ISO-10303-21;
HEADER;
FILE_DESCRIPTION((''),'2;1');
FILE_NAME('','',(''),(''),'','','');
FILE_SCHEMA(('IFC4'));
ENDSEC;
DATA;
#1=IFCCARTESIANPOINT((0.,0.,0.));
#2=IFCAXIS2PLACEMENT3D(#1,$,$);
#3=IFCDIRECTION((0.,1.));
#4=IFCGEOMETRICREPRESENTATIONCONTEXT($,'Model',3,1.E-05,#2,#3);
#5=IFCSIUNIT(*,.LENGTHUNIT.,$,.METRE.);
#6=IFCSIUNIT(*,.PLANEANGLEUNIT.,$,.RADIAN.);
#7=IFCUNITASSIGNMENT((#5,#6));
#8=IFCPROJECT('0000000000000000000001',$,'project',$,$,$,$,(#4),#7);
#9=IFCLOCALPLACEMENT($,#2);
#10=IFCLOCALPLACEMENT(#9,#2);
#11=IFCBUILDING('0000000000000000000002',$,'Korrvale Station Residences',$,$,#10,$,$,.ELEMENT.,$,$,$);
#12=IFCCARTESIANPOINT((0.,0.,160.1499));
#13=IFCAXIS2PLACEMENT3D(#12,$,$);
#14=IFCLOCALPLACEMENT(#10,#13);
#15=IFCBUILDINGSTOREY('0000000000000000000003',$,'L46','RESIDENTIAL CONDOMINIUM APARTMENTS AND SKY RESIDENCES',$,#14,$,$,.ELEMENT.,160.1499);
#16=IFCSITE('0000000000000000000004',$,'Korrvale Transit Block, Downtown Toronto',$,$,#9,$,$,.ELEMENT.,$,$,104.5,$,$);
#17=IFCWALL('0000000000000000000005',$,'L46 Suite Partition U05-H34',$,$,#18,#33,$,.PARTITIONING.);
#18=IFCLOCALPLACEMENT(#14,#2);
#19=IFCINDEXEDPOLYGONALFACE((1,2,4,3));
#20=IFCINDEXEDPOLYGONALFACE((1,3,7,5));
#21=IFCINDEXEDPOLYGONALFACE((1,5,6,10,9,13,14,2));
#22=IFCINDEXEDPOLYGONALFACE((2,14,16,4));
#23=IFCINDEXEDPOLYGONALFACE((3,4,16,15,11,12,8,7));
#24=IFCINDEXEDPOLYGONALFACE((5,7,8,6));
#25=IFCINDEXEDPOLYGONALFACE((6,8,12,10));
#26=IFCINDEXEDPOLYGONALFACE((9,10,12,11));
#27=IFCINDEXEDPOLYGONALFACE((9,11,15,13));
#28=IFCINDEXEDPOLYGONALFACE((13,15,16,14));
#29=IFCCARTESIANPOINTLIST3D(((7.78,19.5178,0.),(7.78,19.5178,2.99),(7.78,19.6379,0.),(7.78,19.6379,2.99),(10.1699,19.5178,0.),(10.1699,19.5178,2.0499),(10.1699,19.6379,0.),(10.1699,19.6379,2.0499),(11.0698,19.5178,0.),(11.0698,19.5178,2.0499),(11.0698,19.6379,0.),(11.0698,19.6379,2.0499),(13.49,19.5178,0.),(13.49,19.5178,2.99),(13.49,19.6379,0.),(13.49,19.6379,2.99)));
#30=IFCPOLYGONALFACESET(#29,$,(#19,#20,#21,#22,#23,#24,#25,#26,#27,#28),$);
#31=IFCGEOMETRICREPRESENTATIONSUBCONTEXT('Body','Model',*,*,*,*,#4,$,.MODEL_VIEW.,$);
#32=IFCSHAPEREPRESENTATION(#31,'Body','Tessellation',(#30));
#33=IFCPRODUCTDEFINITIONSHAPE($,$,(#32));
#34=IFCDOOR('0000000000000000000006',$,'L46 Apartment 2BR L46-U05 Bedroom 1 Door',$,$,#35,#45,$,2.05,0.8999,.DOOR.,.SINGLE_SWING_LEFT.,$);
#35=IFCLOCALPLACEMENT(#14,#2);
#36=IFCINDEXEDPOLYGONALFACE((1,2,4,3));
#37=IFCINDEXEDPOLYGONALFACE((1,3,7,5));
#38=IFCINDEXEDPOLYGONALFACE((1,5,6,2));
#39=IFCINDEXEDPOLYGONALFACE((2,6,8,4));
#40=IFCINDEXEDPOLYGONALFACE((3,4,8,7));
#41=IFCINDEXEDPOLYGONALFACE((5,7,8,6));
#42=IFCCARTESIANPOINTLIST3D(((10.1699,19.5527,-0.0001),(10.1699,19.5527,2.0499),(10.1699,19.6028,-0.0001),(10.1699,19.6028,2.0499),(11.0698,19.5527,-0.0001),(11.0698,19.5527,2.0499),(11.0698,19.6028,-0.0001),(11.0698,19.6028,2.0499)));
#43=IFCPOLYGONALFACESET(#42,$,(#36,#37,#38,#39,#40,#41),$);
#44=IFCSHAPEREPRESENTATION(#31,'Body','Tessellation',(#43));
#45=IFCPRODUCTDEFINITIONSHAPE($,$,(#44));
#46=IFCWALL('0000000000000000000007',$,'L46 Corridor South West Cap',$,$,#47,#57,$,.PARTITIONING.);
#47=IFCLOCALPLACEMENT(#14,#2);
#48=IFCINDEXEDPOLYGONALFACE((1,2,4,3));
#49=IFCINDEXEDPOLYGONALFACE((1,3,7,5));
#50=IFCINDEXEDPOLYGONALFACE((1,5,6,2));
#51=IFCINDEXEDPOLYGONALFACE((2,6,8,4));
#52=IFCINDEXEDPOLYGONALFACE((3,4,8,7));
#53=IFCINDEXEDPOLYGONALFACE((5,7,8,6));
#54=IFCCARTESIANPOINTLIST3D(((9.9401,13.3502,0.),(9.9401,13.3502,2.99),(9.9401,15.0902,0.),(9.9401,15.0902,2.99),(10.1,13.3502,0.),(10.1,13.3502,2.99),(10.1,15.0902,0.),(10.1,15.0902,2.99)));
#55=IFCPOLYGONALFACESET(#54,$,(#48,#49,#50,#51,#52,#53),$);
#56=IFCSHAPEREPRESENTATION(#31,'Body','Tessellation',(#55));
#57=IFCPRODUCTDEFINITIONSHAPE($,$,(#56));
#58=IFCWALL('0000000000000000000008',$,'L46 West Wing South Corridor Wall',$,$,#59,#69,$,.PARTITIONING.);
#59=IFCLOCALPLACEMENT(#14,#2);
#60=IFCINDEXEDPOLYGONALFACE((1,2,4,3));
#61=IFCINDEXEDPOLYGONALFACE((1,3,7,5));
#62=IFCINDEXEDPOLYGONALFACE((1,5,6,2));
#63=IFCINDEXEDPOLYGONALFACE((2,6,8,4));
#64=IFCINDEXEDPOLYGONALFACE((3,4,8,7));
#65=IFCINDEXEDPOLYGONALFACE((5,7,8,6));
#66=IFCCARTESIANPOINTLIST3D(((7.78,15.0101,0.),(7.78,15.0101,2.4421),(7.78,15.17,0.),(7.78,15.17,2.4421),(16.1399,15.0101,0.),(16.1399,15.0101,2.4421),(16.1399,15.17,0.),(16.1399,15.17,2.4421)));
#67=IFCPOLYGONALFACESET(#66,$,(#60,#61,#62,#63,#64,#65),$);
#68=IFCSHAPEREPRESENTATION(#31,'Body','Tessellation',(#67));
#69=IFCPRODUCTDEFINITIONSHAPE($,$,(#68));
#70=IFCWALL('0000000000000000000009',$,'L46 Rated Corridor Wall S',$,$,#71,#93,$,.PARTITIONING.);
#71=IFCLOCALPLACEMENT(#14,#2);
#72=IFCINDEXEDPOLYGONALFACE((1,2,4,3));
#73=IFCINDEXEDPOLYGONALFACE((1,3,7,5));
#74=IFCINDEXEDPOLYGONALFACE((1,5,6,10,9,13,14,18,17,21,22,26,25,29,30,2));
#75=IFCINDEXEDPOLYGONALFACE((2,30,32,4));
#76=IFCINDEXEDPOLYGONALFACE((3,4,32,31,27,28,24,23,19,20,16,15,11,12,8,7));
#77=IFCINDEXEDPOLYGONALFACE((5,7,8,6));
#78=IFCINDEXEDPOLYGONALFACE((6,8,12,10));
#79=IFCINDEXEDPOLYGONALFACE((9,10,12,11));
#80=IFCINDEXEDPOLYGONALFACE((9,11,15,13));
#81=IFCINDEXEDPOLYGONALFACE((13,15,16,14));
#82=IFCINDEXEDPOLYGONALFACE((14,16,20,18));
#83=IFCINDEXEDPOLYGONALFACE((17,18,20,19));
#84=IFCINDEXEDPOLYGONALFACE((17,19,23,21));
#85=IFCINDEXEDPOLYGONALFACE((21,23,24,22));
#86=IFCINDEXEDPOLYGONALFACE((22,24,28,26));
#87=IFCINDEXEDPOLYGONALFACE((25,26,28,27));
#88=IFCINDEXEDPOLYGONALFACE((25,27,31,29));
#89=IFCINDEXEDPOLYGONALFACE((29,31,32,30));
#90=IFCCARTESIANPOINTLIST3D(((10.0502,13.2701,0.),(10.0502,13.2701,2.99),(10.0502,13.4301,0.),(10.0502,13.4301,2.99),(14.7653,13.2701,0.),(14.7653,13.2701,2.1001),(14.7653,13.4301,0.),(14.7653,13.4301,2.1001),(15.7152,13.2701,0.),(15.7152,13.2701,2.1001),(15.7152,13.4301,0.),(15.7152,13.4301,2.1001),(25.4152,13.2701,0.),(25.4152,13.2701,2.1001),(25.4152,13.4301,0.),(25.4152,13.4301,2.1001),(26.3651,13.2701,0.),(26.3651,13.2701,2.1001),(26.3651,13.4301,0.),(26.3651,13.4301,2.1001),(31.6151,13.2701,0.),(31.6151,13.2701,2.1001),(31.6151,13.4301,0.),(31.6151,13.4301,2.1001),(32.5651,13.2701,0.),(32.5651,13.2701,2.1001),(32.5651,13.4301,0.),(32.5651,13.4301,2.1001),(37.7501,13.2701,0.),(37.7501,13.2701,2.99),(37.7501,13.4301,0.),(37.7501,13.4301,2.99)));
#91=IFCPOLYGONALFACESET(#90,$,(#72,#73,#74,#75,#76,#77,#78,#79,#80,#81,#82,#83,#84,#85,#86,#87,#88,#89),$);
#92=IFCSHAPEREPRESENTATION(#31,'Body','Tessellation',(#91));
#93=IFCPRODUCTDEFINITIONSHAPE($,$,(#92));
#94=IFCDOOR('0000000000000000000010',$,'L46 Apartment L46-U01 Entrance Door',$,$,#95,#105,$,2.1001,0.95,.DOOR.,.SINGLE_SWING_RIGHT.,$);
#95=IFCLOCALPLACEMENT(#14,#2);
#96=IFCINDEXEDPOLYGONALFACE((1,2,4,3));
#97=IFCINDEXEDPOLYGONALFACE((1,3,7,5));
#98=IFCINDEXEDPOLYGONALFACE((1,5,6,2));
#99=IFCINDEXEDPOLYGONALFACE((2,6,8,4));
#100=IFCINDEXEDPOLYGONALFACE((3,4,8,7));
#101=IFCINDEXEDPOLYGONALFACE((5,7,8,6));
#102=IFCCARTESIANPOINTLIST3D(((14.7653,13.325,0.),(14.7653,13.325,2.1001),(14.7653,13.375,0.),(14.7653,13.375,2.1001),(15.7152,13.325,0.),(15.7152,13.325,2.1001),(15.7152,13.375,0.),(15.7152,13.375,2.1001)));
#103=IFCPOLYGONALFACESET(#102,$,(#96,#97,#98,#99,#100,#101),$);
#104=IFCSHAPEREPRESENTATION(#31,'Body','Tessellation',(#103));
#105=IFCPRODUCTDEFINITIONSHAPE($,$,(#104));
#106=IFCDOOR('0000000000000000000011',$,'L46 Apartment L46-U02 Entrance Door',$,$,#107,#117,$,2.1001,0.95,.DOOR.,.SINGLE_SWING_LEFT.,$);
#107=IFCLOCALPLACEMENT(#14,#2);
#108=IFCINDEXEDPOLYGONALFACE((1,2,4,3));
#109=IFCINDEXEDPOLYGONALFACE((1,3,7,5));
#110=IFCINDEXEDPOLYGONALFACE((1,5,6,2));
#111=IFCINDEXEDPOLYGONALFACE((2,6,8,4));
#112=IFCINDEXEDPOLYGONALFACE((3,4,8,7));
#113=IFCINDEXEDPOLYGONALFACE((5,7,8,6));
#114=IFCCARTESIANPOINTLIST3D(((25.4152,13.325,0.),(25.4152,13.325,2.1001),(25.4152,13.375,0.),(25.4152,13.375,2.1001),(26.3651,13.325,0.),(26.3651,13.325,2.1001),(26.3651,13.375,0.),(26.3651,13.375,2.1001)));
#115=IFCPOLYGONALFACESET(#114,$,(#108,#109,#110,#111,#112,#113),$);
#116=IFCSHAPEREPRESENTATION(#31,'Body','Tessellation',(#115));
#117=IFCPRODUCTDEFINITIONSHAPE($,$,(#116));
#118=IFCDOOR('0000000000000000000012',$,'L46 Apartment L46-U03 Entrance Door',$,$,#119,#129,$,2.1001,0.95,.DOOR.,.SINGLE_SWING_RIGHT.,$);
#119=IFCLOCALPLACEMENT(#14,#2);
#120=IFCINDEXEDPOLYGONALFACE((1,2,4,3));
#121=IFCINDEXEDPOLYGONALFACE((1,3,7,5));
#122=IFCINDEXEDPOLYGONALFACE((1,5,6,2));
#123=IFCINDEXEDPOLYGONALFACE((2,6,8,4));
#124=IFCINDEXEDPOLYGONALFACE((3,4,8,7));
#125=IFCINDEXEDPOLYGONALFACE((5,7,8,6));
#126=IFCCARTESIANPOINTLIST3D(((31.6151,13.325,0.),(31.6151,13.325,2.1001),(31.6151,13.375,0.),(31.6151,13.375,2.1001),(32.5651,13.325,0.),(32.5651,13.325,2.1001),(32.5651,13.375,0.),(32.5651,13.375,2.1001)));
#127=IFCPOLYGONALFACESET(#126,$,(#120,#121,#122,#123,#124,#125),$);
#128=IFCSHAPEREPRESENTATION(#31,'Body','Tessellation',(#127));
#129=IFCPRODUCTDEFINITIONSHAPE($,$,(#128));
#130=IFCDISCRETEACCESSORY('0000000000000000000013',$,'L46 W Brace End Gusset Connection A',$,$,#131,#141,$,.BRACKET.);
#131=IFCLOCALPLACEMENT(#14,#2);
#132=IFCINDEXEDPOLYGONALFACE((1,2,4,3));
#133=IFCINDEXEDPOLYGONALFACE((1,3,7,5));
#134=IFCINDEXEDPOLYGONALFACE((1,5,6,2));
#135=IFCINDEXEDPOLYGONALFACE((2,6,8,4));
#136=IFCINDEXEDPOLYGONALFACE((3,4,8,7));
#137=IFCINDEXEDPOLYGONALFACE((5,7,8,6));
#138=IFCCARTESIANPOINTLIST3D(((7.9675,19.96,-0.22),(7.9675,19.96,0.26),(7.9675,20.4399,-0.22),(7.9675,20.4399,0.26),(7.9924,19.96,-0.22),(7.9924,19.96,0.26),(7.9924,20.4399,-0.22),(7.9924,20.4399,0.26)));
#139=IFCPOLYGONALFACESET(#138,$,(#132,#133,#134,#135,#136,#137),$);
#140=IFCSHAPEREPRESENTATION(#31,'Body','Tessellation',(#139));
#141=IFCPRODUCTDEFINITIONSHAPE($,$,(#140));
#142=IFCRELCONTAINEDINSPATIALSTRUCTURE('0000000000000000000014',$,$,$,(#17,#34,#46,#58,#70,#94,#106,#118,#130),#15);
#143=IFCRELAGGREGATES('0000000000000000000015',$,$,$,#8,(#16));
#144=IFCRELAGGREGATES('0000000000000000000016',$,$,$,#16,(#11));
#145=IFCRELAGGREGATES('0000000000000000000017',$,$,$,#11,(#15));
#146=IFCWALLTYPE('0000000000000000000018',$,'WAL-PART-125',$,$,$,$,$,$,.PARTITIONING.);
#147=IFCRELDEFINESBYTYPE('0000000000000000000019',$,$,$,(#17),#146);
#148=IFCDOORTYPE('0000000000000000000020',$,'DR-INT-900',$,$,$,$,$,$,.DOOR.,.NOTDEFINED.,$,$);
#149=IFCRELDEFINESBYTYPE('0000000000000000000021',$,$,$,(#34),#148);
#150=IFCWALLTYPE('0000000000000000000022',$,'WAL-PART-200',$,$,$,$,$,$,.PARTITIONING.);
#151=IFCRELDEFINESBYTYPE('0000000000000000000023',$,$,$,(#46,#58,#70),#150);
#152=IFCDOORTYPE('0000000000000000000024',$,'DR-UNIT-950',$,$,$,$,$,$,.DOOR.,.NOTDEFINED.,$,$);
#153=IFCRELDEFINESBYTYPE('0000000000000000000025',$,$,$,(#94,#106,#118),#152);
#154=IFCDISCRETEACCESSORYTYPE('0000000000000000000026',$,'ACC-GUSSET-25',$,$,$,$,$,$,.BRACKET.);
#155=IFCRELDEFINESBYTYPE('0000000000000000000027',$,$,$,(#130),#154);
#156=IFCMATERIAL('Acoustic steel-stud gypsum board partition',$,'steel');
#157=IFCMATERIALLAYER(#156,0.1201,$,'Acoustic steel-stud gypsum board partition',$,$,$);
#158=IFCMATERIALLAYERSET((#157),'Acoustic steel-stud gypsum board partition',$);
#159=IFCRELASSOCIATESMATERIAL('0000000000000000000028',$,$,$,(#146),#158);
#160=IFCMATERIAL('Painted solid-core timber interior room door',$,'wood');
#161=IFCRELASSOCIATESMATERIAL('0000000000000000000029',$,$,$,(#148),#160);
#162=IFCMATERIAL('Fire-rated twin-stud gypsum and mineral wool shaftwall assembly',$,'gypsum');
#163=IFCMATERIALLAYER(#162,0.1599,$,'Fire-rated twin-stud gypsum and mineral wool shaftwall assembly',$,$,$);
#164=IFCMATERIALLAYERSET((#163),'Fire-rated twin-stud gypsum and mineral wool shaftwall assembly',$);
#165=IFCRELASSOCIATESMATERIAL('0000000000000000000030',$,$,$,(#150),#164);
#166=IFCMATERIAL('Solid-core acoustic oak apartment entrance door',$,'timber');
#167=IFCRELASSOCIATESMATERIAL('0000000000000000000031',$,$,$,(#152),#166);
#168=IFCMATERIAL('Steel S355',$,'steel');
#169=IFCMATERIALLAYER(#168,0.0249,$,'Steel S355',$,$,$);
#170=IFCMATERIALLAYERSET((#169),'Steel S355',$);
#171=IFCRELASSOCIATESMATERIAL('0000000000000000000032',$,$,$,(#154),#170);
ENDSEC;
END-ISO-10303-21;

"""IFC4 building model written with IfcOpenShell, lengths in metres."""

from ifc_helpers import new_model, si_unit, direction, frame, frame_2d, origin, origin_2d, place, context, subcontext, project, spatial, rectangle, extrude, material, layer, layer_set, type_object, element, fill, save


model = new_model("IFC4")

# Units and contexts
model_context = context("Model", 3, precision=1e-05, world=origin(), true_north=direction((0.0, 1.0)))
body_context = subcontext(model_context, "Body", "Model", "MODEL_VIEW")
ifc_project = project(units=[si_unit("LENGTHUNIT", "METRE"), si_unit("PLANEANGLEUNIT", "RADIAN")], contexts=[model_context])

# Site, building, storey
site_placement = place(None, origin())
site = spatial("IfcSite", under=ifc_project, at=site_placement, Name="Korrvale Transit Block, Downtown Toronto", CompositionType="ELEMENT", RefElevation=104.5)
building_placement = place(site_placement, origin())
building = spatial("IfcBuilding", under=site, at=building_placement, Name="Korrvale Station Residences", CompositionType="ELEMENT")
storey_placement = place(building_placement, frame((0.0, 0.0, 160.1499)))
storey = spatial("IfcBuildingStorey", under=building, at=storey_placement, Name="L46", Description="RESIDENTIAL CONDOMINIUM APARTMENTS AND SKY RESIDENCES", CompositionType="ELEMENT", Elevation=160.1499)

# Shared definitions
ifc_material_1 = material(Name="Steel S355", Category="steel")

# Shared definitions
ifc_material_2 = material(Name="Acoustic steel-stud gypsum board partition", Category="steel")
ifc_layer_1 = layer(ifc_material_2, 0.1201, Name="Acoustic steel-stud gypsum board partition")
ifc_layer_set_1 = layer_set([ifc_layer_1], Name="Acoustic steel-stud gypsum board partition")
wall_type_1 = type_object("IfcWallType", Name="WAL-PART-125", PredefinedType="PARTITIONING", material=ifc_layer_set_1)

# Wall, opening, door
wall_1_placement = place(storey_placement, frame((7.78, 19.5779, 0.0), z_axis=(0.0, 0.0, 1.0), x_axis=(1.0, 0.0, 0.0)))
wall_1 = element("IfcWall", 1, at=wall_1_placement, inside=storey, type_object=wall_type_1, Name="L46 Suite Partition U05-H34", PredefinedType="PARTITIONING", context=body_context, shape_type="SweptSolid", body=[
    extrude(rectangle(XDim=5.71, YDim=0.1201, at=frame_2d((2.855, 0.0))), origin(), (0.0, 0.0, 1.0), 2.99),
])
opening_1_placement = place(wall_1_placement, frame((2.3899, 0.0, 0.0)))
opening_1 = element("IfcOpeningElement", 2, at=opening_1_placement, cuts=wall_1, PredefinedType="OPENING", context=body_context, shape_type="SweptSolid", body=[
    extrude(rectangle(XDim=0.8999, YDim=2.05, at=frame_2d((0.45, 1.0249))), frame((0.0, 0.0701, 0.0), z_axis=(0.0, -1.0, 0.0), x_axis=(1.0, 0.0, 0.0)), (0.0, 0.0, 1.0), 0.1401),
])
ifc_material_3 = material(Name="Painted solid-core timber interior room door", Category="wood")
door_type_1 = type_object("IfcDoorType", Name="DR-INT-900", OperationType="NOTDEFINED", PredefinedType="DOOR", material=ifc_material_3)
door_1_placement = place(opening_1_placement, origin())
door_1 = element("IfcDoor", 3, at=door_1_placement, inside=storey, type_object=door_type_1, Name="L46 Apartment 2BR L46-U05 Bedroom 1 Door", OperationType="SINGLE_SWING_LEFT", OverallHeight=2.05, OverallWidth=0.8999, PredefinedType="DOOR", context=body_context, shape_type="SweptSolid", body=[
    extrude(rectangle(XDim=0.8999, YDim=2.05, at=frame_2d((0.45, 1.0249))), frame((0.0, 0.0249, 0.0), z_axis=(0.0, -1.0, 0.0), x_axis=(1.0, 0.0, 0.0)), (0.0, 0.0, 1.0), 0.05),
])
fill(opening_1, door_1)

# Walls
ifc_material_4 = material(Name="Fire-rated twin-stud gypsum and mineral wool shaftwall assembly", Category="gypsum")
ifc_layer_2 = layer(ifc_material_4, 0.1599, Name="Fire-rated twin-stud gypsum and mineral wool shaftwall assembly")
ifc_layer_set_2 = layer_set([ifc_layer_2], Name="Fire-rated twin-stud gypsum and mineral wool shaftwall assembly")
wall_type_2 = type_object("IfcWallType", Name="WAL-PART-200", PredefinedType="PARTITIONING", material=ifc_layer_set_2)
wall_2_placement = place(storey_placement, frame((10.02, 13.3501, 0.0), z_axis=(0.0, 0.0, 1.0), x_axis=(0.0, 1.0, 0.0)))
element("IfcWall", 4, at=wall_2_placement, inside=storey, type_object=wall_type_2, Name="L46 Corridor South West Cap", PredefinedType="PARTITIONING", context=body_context, shape_type="SweptSolid", body=[
    extrude(rectangle(XDim=1.74, YDim=0.1599, at=frame_2d((0.8701, 0.0))), origin(), (0.0, 0.0, 1.0), 2.99),
])
wall_3_placement = place(storey_placement, frame((7.78, 15.0901, 0.0), z_axis=(0.0, 0.0, 1.0), x_axis=(1.0, 0.0, 0.0)))
element("IfcWall", 5, at=wall_3_placement, inside=storey, type_object=wall_type_2, Name="L46 West Wing South Corridor Wall", PredefinedType="PARTITIONING", context=body_context, shape_type="SweptSolid", body=[
    extrude(rectangle(XDim=8.3599, YDim=0.1599, at=frame_2d((4.1799, 0.0))), origin(), (0.0, 0.0, 1.0), 2.4421),
])

# Wall, openings, doors
wall_4_placement = place(storey_placement, frame((10.05, 13.3501, 0.0), z_axis=(0.0, 0.0, 1.0), x_axis=(1.0, 0.0, 0.0)))
wall_4 = element("IfcWall", 6, at=wall_4_placement, inside=storey, type_object=wall_type_2, Name="L46 Rated Corridor Wall S", PredefinedType="PARTITIONING", context=body_context, shape_type="SweptSolid", body=[
    extrude(rectangle(XDim=27.7, YDim=0.1599, at=frame_2d((13.8501, 0.0))), origin(), (0.0, 0.0, 1.0), 2.99),
])
opening_2_placement = place(wall_4_placement, frame((4.7151, 0.0, 0.0)))
opening_2 = element("IfcOpeningElement", 7, at=opening_2_placement, cuts=wall_4, PredefinedType="OPENING", context=body_context, shape_type="SweptSolid", body=[
    extrude(rectangle(XDim=0.95, YDim=2.1001, at=frame_2d((0.4751, 1.05))), frame((0.0, 0.0898, 0.0), z_axis=(0.0, -1.0, 0.0), x_axis=(1.0, 0.0, 0.0)), (0.0, 0.0, 1.0), 0.1799),
])
opening_3_placement = place(wall_4_placement, frame((15.365, 0.0, 0.0)))
opening_3 = element("IfcOpeningElement", 8, at=opening_3_placement, cuts=wall_4, PredefinedType="OPENING", context=body_context, shape_type="SweptSolid", body=[
    extrude(rectangle(XDim=0.95, YDim=2.1001, at=frame_2d((0.4751, 1.05))), frame((0.0, 0.0898, 0.0), z_axis=(0.0, -1.0, 0.0), x_axis=(1.0, 0.0, 0.0)), (0.0, 0.0, 1.0), 0.1799),
])
opening_4_placement = place(wall_4_placement, frame((21.5649, 0.0, 0.0)))
opening_4 = element("IfcOpeningElement", 9, at=opening_4_placement, cuts=wall_4, PredefinedType="OPENING", context=body_context, shape_type="SweptSolid", body=[
    extrude(rectangle(XDim=0.95, YDim=2.1001, at=frame_2d((0.4751, 1.05))), frame((0.0, 0.0898, 0.0), z_axis=(0.0, -1.0, 0.0), x_axis=(1.0, 0.0, 0.0)), (0.0, 0.0, 1.0), 0.1799),
])
ifc_material_5 = material(Name="Solid-core acoustic oak apartment entrance door", Category="timber")
door_type_2 = type_object("IfcDoorType", Name="DR-UNIT-950", OperationType="NOTDEFINED", PredefinedType="DOOR", material=ifc_material_5)
door_2_placement = place(opening_2_placement, origin())
door_2 = element("IfcDoor", 10, at=door_2_placement, inside=storey, type_object=door_type_2, Name="L46 Apartment L46-U01 Entrance Door", OperationType="SINGLE_SWING_RIGHT", OverallHeight=2.1001, OverallWidth=0.95, PredefinedType="DOOR", context=body_context, shape_type="SweptSolid", body=[
    extrude(rectangle(XDim=0.95, YDim=2.1001, at=frame_2d((0.4751, 1.05))), frame((0.0, 0.0249, 0.0), z_axis=(0.0, -1.0, 0.0), x_axis=(1.0, 0.0, 0.0)), (0.0, 0.0, 1.0), 0.05),
])
fill(opening_2, door_2)
door_3_placement = place(opening_3_placement, origin())
door_3 = element("IfcDoor", 11, at=door_3_placement, inside=storey, type_object=door_type_2, Name="L46 Apartment L46-U02 Entrance Door", OperationType="SINGLE_SWING_LEFT", OverallHeight=2.1001, OverallWidth=0.95, PredefinedType="DOOR", context=body_context, shape_type="SweptSolid", body=[
    extrude(rectangle(XDim=0.95, YDim=2.1001, at=frame_2d((0.4751, 1.05))), frame((0.0, 0.0249, 0.0), z_axis=(0.0, -1.0, 0.0), x_axis=(1.0, 0.0, 0.0)), (0.0, 0.0, 1.0), 0.05),
])
fill(opening_3, door_3)
door_4_placement = place(opening_4_placement, origin())
door_4 = element("IfcDoor", 12, at=door_4_placement, inside=storey, type_object=door_type_2, Name="L46 Apartment L46-U03 Entrance Door", OperationType="SINGLE_SWING_RIGHT", OverallHeight=2.1001, OverallWidth=0.95, PredefinedType="DOOR", context=body_context, shape_type="SweptSolid", body=[
    extrude(rectangle(XDim=0.95, YDim=2.1001, at=frame_2d((0.4751, 1.05))), frame((0.0, 0.0249, 0.0), z_axis=(0.0, -1.0, 0.0), x_axis=(1.0, 0.0, 0.0)), (0.0, 0.0, 1.0), 0.05),
])
fill(opening_4, door_4)

# Discrete accessory
ifc_layer_3 = layer(ifc_material_1, 0.0249, Name="Steel S355")
ifc_layer_set_3 = layer_set([ifc_layer_3], Name="Steel S355")
discrete_accessory_type = type_object("IfcDiscreteAccessoryType", Name="ACC-GUSSET-25", PredefinedType="BRACKET", material=ifc_layer_set_3)
discrete_accessory_placement = place(storey_placement, frame((7.98, 20.2, -0.22), z_axis=(0.0, 0.0, 1.0), x_axis=(0.0, 1.0, 0.0)))
element("IfcDiscreteAccessory", 13, at=discrete_accessory_placement, inside=storey, type_object=discrete_accessory_type, Name="L46 W Brace End Gusset Connection A", PredefinedType="BRACKET", context=body_context, shape_type="SweptSolid", body=[
    extrude(rectangle(XDim=0.48, YDim=0.0249, at=origin_2d()), origin(), (0.0, 0.0, 1.0), 0.48),
])

save(model, "model.ifc")
